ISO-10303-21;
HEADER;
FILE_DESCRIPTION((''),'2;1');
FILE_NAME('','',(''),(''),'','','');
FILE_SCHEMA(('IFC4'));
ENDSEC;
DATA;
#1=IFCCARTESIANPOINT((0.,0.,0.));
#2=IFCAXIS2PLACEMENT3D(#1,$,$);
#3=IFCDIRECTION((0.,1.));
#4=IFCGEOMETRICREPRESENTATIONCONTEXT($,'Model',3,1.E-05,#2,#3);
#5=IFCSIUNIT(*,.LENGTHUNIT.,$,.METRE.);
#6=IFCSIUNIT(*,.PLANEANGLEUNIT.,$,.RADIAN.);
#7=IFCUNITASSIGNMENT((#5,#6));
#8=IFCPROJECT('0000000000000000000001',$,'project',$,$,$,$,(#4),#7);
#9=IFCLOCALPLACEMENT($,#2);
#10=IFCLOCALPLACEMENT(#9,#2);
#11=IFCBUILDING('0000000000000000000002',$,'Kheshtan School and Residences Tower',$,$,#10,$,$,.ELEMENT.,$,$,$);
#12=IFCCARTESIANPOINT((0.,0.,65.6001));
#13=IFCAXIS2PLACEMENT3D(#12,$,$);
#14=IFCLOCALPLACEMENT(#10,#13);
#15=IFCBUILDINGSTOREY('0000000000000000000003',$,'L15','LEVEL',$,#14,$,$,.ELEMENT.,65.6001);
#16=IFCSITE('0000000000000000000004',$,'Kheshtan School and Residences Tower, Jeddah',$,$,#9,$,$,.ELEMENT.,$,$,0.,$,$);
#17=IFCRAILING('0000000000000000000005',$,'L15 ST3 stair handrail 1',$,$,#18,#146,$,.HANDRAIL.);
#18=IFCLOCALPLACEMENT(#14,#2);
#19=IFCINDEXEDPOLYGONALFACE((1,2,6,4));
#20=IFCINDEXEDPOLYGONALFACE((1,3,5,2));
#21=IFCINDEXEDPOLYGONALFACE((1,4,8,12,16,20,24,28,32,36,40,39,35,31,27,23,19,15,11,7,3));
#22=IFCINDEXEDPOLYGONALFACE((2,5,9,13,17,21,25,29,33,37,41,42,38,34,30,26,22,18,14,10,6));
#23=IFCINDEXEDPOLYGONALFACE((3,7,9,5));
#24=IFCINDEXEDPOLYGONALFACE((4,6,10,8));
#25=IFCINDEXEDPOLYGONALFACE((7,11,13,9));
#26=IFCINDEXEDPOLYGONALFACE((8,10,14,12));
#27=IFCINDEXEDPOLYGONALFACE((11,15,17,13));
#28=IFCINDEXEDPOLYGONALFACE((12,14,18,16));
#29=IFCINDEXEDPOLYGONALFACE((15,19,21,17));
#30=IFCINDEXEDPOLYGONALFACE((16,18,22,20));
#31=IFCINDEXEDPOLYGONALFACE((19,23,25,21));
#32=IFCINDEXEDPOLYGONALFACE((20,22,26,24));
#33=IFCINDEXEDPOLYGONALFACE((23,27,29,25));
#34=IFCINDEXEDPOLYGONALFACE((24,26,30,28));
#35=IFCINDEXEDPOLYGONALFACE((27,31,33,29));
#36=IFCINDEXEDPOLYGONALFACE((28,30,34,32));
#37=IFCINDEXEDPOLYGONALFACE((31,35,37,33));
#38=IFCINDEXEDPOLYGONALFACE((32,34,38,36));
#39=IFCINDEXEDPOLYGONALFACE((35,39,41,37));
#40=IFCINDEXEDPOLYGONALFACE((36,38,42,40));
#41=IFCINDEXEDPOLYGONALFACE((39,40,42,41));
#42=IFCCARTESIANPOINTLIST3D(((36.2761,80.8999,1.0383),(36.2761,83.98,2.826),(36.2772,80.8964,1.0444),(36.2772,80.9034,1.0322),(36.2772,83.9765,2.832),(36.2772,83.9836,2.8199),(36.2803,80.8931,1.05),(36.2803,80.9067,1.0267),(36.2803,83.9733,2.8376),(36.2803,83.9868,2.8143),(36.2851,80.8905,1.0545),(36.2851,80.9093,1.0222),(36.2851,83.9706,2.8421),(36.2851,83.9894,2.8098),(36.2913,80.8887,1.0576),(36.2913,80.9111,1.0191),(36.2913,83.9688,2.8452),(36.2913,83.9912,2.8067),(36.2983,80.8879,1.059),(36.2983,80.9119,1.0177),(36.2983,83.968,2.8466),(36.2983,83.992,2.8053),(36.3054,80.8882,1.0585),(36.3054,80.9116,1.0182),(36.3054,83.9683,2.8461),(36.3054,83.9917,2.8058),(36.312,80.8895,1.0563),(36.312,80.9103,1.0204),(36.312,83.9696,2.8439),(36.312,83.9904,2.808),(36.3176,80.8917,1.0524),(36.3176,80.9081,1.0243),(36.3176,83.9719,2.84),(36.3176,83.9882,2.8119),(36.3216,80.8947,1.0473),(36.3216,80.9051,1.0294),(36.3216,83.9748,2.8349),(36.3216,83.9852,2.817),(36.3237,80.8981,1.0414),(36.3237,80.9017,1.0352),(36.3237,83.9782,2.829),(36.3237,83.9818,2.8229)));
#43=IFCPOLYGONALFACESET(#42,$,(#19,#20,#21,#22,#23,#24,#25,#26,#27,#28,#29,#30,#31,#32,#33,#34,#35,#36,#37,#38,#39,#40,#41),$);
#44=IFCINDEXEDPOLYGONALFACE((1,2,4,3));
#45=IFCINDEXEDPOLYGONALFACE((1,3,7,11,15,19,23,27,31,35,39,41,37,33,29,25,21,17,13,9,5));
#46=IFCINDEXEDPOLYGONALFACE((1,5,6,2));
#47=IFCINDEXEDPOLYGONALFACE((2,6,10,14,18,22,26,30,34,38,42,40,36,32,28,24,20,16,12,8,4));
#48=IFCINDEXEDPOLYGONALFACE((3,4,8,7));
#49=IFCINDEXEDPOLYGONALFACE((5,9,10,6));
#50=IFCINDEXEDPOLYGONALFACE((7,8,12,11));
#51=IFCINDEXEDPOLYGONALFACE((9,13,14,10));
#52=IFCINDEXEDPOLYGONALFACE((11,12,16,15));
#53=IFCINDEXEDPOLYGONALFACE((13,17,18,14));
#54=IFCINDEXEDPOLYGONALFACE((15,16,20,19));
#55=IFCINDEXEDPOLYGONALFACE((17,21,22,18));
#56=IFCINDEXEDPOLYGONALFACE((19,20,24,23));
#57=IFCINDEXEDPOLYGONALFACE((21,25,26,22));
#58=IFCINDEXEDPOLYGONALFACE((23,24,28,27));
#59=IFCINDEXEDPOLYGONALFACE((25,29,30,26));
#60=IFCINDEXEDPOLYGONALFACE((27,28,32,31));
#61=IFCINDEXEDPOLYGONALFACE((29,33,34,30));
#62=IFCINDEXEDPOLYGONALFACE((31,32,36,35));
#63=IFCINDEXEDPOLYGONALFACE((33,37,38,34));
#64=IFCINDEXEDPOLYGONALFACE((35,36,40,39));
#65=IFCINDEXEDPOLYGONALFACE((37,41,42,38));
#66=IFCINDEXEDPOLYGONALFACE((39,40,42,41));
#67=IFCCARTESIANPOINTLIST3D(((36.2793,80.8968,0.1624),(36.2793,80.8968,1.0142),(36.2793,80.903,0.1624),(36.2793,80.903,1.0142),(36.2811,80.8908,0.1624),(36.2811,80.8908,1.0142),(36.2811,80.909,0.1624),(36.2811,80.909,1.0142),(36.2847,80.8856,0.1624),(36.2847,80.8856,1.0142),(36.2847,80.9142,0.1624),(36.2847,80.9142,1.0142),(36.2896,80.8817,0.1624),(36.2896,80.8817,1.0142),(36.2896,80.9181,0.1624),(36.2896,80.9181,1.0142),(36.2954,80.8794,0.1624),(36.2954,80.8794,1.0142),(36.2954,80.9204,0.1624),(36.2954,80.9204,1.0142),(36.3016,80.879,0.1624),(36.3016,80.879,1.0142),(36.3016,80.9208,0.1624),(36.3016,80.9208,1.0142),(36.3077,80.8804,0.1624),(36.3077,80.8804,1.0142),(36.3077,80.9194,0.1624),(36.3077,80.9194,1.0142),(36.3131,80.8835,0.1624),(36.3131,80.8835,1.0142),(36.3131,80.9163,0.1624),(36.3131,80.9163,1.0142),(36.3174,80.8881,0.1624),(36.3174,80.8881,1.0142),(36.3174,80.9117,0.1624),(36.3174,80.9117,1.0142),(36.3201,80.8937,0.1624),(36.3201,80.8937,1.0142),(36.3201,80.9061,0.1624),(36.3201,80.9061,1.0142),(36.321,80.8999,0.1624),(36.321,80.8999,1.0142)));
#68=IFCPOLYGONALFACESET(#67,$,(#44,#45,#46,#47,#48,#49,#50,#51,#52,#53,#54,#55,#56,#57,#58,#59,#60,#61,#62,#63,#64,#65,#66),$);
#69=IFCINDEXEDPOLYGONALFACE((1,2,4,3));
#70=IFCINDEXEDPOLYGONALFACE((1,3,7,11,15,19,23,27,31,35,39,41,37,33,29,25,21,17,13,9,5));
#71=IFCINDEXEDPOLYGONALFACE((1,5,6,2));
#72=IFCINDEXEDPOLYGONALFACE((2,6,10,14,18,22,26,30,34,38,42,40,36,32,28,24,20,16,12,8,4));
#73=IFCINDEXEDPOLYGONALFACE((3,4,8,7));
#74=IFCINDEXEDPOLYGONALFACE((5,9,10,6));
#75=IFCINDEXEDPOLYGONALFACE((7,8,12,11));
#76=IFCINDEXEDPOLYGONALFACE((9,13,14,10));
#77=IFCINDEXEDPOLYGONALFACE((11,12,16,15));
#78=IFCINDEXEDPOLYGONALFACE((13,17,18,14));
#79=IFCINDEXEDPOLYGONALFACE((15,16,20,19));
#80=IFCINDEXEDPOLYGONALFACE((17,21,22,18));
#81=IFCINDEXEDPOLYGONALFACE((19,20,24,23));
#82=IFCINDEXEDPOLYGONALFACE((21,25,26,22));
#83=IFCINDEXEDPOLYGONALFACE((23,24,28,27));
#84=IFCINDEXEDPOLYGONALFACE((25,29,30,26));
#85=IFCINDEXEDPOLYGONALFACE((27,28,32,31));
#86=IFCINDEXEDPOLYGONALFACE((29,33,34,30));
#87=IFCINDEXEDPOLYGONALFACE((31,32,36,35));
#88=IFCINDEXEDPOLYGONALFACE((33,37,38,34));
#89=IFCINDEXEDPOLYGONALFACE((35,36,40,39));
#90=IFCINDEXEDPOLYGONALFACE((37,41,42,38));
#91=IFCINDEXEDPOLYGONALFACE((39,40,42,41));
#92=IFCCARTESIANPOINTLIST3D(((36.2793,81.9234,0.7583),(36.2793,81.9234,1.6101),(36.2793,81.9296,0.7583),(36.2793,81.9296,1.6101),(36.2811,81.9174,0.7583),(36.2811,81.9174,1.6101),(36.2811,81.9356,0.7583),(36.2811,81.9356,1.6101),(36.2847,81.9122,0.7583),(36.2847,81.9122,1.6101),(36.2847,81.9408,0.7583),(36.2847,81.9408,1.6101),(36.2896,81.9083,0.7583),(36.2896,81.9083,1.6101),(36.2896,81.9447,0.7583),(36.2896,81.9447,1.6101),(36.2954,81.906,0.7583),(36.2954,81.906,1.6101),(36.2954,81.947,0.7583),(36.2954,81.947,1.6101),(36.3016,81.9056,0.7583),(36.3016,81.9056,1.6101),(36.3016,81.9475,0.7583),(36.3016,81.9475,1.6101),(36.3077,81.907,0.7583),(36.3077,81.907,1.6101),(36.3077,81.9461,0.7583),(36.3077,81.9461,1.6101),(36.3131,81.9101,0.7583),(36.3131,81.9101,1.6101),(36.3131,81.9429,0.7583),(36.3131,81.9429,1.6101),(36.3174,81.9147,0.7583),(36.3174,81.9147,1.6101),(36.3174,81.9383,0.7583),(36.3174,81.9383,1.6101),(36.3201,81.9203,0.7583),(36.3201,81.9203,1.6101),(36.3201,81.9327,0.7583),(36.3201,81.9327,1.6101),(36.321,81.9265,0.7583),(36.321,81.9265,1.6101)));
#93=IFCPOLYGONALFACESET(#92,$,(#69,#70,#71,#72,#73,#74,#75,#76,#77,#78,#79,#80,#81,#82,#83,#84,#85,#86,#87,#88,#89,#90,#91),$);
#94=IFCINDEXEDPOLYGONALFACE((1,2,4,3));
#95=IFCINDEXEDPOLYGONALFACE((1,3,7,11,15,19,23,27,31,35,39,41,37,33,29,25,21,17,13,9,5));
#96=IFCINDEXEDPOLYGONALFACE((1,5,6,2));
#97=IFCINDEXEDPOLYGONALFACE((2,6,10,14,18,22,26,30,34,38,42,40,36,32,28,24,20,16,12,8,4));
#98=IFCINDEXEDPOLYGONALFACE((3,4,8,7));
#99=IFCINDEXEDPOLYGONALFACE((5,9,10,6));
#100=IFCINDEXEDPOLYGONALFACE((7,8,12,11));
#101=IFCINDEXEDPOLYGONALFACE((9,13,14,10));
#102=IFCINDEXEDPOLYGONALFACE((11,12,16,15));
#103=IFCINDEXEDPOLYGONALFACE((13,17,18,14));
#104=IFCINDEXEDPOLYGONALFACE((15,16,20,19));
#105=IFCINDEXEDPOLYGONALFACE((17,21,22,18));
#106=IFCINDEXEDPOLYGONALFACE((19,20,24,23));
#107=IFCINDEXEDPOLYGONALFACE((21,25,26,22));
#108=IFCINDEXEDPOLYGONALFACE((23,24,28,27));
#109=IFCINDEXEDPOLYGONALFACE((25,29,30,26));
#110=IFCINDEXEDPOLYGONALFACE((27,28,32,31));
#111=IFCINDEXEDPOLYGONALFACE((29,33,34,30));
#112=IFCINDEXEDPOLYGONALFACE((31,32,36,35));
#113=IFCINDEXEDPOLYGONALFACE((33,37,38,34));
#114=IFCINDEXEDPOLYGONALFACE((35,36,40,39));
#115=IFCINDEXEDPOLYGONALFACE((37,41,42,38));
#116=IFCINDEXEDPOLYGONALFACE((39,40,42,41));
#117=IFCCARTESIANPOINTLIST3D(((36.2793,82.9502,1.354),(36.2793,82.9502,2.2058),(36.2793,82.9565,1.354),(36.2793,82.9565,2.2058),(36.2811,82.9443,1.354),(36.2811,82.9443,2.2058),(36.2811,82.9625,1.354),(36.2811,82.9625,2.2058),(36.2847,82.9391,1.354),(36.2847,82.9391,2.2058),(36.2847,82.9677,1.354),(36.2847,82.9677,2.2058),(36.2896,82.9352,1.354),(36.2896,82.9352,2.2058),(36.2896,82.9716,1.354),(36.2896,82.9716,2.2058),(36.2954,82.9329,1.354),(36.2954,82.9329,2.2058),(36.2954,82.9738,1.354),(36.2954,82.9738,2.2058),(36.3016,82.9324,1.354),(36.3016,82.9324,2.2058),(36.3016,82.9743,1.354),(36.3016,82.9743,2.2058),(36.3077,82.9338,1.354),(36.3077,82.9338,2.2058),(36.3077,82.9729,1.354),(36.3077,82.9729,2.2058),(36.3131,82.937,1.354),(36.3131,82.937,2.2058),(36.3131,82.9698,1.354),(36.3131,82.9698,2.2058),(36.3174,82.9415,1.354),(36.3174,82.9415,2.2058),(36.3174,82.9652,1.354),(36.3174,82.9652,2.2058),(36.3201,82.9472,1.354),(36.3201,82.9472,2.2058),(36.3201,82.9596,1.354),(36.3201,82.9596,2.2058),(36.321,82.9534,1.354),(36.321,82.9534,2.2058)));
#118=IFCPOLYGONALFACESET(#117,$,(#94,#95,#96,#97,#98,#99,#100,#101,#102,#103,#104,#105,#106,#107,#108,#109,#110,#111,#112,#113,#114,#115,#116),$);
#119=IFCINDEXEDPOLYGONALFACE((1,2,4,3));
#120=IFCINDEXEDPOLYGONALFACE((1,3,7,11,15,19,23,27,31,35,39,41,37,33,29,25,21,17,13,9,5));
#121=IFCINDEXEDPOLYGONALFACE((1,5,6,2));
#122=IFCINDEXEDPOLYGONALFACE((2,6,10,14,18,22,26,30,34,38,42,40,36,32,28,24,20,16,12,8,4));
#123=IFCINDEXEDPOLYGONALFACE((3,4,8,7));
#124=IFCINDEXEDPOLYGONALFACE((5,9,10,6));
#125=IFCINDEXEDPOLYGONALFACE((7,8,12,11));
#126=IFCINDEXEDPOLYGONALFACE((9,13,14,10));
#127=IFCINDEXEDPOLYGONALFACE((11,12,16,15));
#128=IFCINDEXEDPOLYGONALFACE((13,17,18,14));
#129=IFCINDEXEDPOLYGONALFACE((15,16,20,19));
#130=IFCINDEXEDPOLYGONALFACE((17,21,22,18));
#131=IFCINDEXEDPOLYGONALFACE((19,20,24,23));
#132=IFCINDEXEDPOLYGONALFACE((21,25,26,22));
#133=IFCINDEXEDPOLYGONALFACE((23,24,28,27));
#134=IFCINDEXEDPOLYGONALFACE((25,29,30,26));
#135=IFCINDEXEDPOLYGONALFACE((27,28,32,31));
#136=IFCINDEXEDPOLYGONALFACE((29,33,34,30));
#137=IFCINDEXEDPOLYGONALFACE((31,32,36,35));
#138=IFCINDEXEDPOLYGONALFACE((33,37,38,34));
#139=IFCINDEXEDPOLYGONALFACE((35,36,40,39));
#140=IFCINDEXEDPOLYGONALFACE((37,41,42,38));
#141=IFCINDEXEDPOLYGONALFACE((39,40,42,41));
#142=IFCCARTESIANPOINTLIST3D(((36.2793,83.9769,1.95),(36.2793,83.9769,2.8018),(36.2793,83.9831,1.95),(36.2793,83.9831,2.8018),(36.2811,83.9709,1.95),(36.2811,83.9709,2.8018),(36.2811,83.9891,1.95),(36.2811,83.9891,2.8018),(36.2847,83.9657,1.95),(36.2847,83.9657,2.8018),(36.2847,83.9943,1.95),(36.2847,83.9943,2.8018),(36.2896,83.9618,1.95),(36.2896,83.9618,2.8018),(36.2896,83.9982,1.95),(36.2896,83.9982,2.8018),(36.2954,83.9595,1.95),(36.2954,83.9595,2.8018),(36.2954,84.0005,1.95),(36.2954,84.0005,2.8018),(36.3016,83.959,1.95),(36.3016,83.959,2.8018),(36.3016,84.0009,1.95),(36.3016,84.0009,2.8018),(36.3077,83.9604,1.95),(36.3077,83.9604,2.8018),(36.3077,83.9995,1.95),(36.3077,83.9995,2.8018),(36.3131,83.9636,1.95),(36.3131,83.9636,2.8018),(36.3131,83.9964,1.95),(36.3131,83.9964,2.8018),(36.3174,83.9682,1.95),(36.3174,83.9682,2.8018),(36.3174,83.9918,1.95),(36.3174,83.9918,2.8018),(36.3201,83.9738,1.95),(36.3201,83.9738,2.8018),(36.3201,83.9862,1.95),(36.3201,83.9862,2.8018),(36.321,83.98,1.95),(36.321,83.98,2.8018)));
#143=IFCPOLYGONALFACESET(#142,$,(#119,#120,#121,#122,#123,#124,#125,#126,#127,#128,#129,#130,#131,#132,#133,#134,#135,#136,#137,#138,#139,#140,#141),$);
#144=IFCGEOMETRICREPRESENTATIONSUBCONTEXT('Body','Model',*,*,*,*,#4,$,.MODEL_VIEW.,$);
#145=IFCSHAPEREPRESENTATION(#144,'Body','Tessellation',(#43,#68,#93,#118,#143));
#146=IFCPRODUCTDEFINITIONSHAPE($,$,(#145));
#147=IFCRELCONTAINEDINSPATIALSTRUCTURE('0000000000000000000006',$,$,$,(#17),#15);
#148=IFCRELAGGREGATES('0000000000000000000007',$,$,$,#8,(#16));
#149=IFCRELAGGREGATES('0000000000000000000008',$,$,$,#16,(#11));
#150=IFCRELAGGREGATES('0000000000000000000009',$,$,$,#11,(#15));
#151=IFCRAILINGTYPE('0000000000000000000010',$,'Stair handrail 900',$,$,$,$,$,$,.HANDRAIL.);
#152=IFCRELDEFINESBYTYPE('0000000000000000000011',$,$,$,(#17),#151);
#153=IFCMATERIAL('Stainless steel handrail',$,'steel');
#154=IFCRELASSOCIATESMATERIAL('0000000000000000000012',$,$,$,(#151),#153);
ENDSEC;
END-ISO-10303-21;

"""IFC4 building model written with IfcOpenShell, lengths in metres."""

from ifc_helpers import new_model, si_unit, direction, frame, origin, origin_2d, place, context, subcontext, project, spatial, circle, extrude, material, type_object, element, save


model = new_model("IFC4")

# Units and contexts
model_context = context("Model", 3, precision=1e-05, world=origin(), true_north=direction((0.0, 1.0)))
body_context = subcontext(model_context, "Body", "Model", "MODEL_VIEW")
ifc_project = project(units=[si_unit("LENGTHUNIT", "METRE"), si_unit("PLANEANGLEUNIT", "RADIAN")], contexts=[model_context])

# Site, building, storey
site_placement = place(None, origin())
site = spatial("IfcSite", under=ifc_project, at=site_placement, Name="Kheshtan School and Residences Tower, Jeddah", CompositionType="ELEMENT", RefElevation=0.0)
building_placement = place(site_placement, origin())
building = spatial("IfcBuilding", under=site, at=building_placement, Name="Kheshtan School and Residences Tower", CompositionType="ELEMENT")
storey_placement = place(building_placement, frame((0.0, 0.0, 65.6001)))
storey = spatial("IfcBuildingStorey", under=building, at=storey_placement, Name="L15", Description="LEVEL", CompositionType="ELEMENT", Elevation=65.6001)

# Railing
ifc_material_1 = material(Name="Stainless steel handrail", Category="steel")
railing_type_1 = type_object("IfcRailingType", Name="Stair handrail 900", PredefinedType="HANDRAIL", material=ifc_material_1)
railing_1_placement = place(storey_placement, frame((36.3, 80.8999, 0.1624)))
element("IfcRailing", 1, at=railing_1_placement, inside=storey, type_object=railing_type_1, Name="L15 ST3 stair handrail 1", PredefinedType="HANDRAIL", context=body_context, shape_type="SweptSolid", body=[
    extrude(circle(Radius=0.0239, at=origin_2d()), frame((0.0, 0.0, 0.876), z_axis=(0.0, 0.864891, 0.50196), x_axis=(-1.0, 0.0, 0.0)), (0.0, 0.0, 1.0), 3.5613),
    extrude(circle(Radius=0.021, at=origin_2d()), origin(), (0.0, 0.0, 1.0), 0.8518),
    extrude(circle(Radius=0.021, at=origin_2d()), frame((0.0, 1.0266, 0.5959)), (0.0, 0.0, 1.0), 0.8518),
    extrude(circle(Radius=0.021, at=origin_2d()), frame((0.0, 2.0535, 1.1917)), (0.0, 0.0, 1.0), 0.8518),
    extrude(circle(Radius=0.021, at=origin_2d()), frame((0.0, 3.0801, 1.7876)), (0.0, 0.0, 1.0), 0.8518),
])

save(model, "model.ifc")
